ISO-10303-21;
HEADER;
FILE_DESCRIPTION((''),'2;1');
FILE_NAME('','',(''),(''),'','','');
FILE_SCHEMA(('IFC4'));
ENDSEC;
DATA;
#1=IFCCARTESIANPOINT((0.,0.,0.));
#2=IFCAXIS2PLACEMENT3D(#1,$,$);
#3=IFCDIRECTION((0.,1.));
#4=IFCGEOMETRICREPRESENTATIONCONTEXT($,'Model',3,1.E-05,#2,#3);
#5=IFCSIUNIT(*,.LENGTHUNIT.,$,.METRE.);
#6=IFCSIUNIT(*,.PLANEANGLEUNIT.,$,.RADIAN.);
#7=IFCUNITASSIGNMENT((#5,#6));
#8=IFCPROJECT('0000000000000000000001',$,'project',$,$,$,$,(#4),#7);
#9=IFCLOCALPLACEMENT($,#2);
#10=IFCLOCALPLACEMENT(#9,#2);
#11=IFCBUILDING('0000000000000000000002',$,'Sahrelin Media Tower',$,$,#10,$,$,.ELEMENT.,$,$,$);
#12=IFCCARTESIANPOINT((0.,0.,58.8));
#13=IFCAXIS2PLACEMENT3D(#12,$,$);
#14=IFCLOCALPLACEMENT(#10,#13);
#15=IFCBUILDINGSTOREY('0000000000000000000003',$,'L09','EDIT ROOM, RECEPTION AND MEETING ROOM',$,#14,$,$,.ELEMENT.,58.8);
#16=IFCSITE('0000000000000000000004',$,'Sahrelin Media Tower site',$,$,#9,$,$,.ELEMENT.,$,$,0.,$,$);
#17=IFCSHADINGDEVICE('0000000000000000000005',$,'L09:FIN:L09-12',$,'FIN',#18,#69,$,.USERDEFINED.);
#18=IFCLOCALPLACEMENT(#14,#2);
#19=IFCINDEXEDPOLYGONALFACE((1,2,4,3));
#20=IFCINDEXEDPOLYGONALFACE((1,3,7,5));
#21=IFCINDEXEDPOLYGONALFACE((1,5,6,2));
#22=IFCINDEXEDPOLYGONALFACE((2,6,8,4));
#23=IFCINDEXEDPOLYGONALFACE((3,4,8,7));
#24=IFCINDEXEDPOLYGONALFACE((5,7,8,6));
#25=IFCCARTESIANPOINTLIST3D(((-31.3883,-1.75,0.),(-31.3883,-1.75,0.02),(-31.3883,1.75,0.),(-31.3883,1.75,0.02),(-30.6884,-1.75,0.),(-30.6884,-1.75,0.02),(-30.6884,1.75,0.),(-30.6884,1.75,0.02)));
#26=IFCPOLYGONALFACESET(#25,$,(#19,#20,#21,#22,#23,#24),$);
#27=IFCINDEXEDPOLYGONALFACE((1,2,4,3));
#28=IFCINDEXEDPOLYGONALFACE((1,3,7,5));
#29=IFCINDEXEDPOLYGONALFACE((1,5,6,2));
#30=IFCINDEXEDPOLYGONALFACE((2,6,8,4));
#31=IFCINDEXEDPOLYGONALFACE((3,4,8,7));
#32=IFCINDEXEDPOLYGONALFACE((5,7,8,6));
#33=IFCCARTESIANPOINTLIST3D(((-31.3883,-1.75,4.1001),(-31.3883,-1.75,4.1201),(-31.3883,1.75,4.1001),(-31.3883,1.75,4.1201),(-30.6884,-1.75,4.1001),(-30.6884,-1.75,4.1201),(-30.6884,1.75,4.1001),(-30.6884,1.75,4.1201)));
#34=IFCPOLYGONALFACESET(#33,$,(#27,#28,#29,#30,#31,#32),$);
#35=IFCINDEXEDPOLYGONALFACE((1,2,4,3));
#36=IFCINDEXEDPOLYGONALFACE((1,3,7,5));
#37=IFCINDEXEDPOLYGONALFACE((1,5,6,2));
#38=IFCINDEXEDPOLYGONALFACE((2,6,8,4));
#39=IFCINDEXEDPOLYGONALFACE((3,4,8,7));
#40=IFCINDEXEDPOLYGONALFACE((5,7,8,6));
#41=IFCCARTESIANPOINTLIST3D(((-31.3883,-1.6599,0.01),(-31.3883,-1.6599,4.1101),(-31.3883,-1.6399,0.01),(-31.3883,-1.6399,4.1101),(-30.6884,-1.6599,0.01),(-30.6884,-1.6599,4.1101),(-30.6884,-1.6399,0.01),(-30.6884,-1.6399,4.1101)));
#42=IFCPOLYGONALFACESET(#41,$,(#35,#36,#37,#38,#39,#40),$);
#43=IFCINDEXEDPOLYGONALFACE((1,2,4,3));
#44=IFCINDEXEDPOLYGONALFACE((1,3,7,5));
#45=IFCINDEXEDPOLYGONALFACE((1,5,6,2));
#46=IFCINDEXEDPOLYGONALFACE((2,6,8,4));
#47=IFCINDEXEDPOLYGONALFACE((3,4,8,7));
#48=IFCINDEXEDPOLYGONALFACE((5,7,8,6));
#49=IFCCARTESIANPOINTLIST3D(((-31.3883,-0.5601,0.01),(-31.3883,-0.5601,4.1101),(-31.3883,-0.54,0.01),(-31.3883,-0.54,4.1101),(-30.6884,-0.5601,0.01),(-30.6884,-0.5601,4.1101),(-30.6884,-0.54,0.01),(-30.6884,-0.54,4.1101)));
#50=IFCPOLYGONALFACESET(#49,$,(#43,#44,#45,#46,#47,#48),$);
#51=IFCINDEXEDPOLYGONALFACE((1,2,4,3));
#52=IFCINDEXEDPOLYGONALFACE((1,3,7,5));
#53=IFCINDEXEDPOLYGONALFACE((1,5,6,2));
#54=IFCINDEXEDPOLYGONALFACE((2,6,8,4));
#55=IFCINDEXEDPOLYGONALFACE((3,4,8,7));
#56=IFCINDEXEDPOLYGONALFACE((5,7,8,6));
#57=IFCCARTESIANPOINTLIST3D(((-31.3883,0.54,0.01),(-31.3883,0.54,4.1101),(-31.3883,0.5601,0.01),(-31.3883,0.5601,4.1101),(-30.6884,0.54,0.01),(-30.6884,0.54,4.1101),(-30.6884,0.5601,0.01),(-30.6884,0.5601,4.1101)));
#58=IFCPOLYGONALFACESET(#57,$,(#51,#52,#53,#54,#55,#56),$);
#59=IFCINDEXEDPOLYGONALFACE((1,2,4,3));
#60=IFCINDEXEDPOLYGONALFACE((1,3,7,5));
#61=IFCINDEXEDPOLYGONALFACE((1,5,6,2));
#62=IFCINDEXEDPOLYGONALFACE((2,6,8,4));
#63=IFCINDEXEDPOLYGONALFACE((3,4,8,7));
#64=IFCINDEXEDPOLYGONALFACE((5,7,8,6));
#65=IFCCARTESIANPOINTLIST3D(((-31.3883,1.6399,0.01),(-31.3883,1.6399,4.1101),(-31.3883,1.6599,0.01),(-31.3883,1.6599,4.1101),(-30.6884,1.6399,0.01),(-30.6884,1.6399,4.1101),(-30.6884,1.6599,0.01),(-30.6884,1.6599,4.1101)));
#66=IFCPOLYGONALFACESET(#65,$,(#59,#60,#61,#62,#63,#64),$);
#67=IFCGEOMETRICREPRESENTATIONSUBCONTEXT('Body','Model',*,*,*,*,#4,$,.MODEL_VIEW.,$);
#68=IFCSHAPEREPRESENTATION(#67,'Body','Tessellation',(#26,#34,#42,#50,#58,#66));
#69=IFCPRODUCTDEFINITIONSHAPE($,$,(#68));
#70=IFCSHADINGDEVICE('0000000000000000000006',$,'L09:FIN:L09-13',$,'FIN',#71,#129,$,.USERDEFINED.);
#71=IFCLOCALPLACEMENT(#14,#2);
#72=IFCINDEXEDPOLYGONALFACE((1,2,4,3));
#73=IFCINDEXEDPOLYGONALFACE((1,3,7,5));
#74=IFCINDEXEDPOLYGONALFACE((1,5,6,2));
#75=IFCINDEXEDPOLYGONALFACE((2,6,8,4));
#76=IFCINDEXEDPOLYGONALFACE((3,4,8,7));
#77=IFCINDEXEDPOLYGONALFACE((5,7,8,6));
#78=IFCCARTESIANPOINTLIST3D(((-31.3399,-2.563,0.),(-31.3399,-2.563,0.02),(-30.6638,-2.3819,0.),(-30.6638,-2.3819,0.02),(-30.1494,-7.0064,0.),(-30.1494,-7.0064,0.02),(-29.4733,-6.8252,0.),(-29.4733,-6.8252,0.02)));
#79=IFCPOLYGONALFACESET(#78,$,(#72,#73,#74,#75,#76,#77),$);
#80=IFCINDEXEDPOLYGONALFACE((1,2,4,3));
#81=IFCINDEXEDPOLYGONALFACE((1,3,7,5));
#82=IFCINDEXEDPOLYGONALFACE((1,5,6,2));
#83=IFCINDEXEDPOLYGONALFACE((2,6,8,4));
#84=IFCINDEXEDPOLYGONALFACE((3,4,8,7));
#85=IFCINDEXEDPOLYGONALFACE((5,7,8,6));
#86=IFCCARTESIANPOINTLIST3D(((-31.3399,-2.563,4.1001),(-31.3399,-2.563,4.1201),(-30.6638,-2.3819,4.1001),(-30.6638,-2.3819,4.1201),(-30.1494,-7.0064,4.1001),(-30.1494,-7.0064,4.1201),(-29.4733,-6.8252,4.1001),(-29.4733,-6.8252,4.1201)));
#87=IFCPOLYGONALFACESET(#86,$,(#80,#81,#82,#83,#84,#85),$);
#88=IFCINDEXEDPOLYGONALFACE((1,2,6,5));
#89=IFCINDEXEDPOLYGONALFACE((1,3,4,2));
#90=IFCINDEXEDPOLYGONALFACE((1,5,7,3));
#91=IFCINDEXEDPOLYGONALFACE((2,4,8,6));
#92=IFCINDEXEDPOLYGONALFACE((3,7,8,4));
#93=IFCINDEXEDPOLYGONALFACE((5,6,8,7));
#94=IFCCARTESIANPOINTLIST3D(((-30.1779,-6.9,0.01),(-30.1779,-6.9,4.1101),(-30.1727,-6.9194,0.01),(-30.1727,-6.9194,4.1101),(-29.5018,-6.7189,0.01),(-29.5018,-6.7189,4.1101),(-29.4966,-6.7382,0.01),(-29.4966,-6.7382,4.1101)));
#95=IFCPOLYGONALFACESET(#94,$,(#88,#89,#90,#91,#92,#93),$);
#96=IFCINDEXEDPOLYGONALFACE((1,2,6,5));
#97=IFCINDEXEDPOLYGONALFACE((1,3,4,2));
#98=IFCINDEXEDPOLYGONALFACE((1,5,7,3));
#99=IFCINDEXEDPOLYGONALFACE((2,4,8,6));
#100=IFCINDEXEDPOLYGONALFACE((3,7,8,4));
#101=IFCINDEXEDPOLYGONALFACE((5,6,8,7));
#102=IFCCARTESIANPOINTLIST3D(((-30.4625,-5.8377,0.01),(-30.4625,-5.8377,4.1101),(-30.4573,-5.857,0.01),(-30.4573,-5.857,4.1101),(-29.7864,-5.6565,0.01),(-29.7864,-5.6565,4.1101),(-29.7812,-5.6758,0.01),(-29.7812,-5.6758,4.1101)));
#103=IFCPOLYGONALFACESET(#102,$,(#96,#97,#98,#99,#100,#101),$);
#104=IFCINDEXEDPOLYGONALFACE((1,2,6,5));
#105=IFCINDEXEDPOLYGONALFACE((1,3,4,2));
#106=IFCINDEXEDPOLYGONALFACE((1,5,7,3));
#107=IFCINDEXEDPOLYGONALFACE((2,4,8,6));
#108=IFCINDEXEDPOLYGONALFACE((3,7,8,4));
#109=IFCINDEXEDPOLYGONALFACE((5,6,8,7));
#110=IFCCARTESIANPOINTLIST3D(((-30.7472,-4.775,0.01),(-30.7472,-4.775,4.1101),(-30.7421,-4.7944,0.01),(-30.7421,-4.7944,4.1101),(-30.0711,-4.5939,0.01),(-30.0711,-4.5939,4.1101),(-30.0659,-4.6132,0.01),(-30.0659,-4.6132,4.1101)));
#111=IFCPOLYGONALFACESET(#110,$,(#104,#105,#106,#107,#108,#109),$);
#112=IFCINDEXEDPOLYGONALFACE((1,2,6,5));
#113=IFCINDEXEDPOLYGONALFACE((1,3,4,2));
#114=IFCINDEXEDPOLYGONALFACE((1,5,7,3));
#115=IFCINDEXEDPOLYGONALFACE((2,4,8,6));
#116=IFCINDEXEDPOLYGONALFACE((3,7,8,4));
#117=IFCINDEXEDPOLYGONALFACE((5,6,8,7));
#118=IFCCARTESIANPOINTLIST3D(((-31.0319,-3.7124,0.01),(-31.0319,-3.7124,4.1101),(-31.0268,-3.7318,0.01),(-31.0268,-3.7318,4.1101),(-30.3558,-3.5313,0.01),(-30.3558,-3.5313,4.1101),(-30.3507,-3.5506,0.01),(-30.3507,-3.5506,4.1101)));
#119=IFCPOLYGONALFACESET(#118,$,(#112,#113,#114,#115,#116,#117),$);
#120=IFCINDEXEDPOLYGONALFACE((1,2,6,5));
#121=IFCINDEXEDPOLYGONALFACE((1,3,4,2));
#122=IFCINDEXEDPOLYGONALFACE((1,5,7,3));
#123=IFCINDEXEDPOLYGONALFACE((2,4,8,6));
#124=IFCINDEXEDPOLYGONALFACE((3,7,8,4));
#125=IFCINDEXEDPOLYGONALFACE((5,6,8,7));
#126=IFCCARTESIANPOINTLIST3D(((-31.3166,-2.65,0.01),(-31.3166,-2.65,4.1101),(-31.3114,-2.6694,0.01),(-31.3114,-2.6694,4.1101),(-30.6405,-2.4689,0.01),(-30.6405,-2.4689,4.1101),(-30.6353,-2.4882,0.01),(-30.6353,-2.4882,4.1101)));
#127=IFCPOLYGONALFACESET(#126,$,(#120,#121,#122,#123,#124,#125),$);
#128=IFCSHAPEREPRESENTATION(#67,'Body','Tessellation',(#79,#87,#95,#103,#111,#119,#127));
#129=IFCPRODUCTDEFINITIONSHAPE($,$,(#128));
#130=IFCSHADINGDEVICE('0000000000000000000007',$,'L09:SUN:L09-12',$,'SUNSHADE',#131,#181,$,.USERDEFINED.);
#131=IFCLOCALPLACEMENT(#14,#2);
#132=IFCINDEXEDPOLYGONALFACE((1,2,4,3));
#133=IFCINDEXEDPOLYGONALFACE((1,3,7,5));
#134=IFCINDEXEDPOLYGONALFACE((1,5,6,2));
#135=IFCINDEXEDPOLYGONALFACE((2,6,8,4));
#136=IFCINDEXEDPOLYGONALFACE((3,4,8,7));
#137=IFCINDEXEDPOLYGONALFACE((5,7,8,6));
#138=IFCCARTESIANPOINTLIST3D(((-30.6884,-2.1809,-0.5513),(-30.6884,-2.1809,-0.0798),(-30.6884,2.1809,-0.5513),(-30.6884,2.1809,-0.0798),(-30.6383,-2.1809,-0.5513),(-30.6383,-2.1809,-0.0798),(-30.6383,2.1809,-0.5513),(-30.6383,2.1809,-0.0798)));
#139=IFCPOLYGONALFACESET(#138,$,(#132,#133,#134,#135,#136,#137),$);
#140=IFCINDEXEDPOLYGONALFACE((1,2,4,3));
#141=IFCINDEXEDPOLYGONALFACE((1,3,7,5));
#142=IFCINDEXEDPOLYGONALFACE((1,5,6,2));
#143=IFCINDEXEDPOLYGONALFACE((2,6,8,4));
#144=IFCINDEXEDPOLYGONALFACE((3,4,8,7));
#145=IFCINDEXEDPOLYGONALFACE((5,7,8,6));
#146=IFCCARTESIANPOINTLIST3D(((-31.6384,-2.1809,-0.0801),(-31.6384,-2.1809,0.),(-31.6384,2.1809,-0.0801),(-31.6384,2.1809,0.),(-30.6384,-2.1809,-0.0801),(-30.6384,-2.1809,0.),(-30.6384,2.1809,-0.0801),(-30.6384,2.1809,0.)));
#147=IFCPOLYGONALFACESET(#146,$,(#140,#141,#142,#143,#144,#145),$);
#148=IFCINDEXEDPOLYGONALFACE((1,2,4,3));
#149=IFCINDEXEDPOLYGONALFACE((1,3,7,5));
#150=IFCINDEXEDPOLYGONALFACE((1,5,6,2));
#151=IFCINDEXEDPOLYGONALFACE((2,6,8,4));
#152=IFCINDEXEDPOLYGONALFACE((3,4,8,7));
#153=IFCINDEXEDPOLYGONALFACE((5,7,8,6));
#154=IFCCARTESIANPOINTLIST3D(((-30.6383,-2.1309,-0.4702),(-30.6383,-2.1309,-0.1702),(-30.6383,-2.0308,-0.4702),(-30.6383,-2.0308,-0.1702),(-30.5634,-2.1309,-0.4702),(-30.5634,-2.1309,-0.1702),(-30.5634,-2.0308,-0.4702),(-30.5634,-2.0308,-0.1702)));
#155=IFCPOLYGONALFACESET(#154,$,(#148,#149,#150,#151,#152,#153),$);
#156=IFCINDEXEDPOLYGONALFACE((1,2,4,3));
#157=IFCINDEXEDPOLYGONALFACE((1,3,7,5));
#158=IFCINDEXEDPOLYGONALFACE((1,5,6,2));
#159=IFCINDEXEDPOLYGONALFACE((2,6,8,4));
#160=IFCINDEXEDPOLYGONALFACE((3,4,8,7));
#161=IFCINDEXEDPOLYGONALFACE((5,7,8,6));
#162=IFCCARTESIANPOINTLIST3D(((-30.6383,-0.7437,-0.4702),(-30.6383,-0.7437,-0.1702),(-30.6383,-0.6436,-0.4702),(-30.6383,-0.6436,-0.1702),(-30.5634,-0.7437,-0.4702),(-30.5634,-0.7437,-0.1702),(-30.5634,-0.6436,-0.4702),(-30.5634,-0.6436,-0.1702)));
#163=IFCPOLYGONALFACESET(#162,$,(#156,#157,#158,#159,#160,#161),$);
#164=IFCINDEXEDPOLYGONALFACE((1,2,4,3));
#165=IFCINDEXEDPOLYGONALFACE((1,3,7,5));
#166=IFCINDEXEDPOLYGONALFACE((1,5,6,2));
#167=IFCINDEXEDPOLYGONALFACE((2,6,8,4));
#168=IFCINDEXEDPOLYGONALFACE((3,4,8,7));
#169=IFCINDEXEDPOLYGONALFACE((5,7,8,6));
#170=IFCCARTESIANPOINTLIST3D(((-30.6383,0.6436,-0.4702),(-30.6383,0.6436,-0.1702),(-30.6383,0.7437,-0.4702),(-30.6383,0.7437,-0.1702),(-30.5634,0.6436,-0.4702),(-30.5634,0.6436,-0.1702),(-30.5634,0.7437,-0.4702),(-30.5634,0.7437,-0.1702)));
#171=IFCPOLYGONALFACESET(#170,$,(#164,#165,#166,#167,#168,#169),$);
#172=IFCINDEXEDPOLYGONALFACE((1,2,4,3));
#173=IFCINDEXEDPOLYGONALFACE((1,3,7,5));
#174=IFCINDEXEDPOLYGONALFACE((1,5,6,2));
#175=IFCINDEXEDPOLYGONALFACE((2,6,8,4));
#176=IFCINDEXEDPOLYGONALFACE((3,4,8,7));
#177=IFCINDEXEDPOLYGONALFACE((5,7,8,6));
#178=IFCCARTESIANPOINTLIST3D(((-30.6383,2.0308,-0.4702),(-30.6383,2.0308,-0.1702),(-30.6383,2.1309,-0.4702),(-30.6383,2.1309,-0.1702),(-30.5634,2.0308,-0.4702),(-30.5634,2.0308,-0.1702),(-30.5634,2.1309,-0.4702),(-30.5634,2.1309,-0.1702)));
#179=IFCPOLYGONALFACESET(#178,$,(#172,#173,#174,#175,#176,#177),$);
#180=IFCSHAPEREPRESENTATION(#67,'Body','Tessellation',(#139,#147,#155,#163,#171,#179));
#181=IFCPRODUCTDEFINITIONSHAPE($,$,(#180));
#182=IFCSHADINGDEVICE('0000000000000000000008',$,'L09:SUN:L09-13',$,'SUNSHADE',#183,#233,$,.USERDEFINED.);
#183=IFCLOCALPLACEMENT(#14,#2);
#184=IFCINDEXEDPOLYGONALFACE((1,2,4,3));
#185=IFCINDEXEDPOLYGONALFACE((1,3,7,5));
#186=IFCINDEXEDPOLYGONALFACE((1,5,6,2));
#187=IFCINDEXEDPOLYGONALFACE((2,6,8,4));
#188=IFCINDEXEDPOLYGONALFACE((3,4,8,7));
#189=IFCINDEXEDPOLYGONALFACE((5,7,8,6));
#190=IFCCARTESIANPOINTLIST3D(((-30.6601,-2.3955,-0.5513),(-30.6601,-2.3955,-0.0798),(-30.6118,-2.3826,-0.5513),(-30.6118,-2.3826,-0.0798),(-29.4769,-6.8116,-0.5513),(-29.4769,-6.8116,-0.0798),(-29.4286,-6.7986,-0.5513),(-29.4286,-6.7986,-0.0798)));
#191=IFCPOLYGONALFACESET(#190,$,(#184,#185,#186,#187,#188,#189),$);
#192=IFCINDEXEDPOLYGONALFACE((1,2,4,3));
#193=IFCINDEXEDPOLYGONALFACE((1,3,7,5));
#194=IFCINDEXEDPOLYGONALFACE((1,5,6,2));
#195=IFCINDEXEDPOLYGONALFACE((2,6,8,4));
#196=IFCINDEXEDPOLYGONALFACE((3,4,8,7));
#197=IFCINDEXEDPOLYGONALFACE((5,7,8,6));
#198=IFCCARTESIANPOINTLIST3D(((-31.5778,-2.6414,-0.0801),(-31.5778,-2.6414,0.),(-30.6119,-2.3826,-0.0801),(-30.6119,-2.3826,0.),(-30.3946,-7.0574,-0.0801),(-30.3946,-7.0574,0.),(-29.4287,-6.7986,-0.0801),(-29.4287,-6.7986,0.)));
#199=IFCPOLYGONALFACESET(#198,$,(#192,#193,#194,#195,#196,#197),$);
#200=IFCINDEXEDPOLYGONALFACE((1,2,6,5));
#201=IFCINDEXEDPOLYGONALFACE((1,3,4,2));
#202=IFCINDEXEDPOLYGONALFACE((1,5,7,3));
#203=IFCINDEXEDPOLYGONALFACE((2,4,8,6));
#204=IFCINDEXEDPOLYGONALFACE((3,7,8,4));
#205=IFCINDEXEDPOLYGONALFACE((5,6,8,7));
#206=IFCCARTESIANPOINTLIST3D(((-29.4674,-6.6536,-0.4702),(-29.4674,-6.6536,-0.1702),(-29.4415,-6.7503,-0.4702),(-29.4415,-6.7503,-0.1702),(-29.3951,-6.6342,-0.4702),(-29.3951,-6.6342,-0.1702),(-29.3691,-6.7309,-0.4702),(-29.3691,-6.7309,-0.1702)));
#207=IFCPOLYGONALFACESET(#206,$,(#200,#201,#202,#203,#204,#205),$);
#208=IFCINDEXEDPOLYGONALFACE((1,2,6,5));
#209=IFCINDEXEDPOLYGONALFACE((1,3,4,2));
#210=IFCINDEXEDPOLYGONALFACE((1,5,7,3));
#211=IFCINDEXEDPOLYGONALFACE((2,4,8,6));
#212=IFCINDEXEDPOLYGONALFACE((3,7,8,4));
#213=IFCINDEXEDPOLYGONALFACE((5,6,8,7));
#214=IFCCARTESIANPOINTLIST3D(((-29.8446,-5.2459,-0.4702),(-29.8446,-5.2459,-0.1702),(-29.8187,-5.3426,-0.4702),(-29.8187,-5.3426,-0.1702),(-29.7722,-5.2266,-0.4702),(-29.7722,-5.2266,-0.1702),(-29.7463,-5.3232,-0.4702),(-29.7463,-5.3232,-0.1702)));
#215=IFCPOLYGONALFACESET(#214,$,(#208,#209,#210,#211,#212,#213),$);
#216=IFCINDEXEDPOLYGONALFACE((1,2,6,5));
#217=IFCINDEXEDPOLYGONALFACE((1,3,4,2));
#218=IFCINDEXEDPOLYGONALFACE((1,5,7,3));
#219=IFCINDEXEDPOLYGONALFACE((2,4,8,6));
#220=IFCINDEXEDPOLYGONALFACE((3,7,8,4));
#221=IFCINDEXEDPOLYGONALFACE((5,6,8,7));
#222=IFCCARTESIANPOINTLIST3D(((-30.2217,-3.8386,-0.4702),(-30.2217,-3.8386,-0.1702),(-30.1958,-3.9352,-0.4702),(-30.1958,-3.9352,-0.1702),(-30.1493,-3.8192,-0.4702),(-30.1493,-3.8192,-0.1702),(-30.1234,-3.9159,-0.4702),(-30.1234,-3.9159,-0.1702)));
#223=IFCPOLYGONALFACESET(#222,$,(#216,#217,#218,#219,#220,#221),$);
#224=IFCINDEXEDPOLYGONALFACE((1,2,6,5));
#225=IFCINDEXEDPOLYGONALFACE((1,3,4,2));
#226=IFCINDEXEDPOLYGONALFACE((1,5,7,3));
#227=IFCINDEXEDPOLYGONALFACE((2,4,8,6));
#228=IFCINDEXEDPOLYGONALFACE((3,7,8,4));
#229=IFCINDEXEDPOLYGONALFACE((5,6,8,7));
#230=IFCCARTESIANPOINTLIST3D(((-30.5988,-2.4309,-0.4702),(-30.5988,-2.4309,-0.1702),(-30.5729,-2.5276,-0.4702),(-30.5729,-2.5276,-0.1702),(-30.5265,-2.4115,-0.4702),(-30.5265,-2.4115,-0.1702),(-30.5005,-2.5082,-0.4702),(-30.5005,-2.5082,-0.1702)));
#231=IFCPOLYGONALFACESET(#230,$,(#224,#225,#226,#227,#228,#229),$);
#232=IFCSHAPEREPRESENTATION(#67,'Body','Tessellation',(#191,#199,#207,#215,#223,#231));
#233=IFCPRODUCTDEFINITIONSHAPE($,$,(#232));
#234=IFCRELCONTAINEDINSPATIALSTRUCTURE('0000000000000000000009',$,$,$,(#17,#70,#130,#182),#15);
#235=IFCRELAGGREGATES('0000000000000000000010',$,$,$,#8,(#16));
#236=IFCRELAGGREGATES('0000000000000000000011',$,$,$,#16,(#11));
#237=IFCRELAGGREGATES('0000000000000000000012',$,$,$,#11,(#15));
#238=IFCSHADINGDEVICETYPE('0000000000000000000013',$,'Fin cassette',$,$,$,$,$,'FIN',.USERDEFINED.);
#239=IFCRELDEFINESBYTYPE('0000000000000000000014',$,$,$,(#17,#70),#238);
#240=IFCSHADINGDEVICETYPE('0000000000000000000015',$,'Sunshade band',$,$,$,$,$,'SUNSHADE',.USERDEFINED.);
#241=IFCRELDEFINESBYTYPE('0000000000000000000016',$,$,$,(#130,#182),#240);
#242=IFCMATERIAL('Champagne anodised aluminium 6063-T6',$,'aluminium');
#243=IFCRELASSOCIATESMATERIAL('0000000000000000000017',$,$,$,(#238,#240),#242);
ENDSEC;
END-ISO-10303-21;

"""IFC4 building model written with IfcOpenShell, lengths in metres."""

from ifc_helpers import new_model, si_unit, direction, frame, origin, origin_2d, place, context, subcontext, project, spatial, rectangle, extrude, material, type_object, element, save


model = new_model("IFC4")

# Units and contexts
model_context = context("Model", 3, precision=1e-05, world=origin(), true_north=direction((0.0, 1.0)))
body_context = subcontext(model_context, "Body", "Model", "MODEL_VIEW")
ifc_project = project(units=[si_unit("LENGTHUNIT", "METRE"), si_unit("PLANEANGLEUNIT", "RADIAN")], contexts=[model_context])

# Site, building, storey
site_placement = place(None, origin())
site = spatial("IfcSite", under=ifc_project, at=site_placement, Name="Sahrelin Media Tower site", CompositionType="ELEMENT", RefElevation=0.0)
building_placement = place(site_placement, origin())
building = spatial("IfcBuilding", under=site, at=building_placement, Name="Sahrelin Media Tower", CompositionType="ELEMENT")
storey_placement = place(building_placement, frame((0.0, 0.0, 58.8)))
storey = spatial("IfcBuildingStorey", under=building, at=storey_placement, Name="L09", Description="EDIT ROOM, RECEPTION AND MEETING ROOM", CompositionType="ELEMENT", Elevation=58.8)

# Shared definitions
ifc_material_1 = material(Name="Champagne anodised aluminium 6063-T6", Category="aluminium")

# Shading devices
shading_device_type_1 = type_object("IfcShadingDeviceType", Name="Fin cassette", ElementType="FIN", PredefinedType="USERDEFINED", material=ifc_material_1)
placement_1 = place(storey_placement, frame((-30.6184, 0.0, 0.0), z_axis=(0.0, 0.0, 1.0), x_axis=(0.0, 1.0, 0.0)))
element("IfcShadingDevice", 1, at=placement_1, inside=storey, type_object=shading_device_type_1, Name="L09:FIN:L09-12", ObjectType="FIN", PredefinedType="USERDEFINED", context=body_context, shape_type="SweptSolid", body=[
    extrude(rectangle(XDim=3.5, YDim=0.7, at=origin_2d()), frame((0.0, 0.4199, 0.0)), (0.0, 0.0, 1.0), 0.02),
    extrude(rectangle(XDim=3.5, YDim=0.7, at=origin_2d()), frame((0.0, 0.4199, 4.1001)), (0.0, 0.0, 1.0), 0.02),
    extrude(rectangle(XDim=0.02, YDim=0.7, at=origin_2d()), frame((-1.6499, 0.4199, 0.01), z_axis=(0.0, 0.0, 1.0), x_axis=(1.0, 0.0, 0.0)), (0.0, 0.0, 1.0), 4.1001),
    extrude(rectangle(XDim=0.02, YDim=0.7, at=origin_2d()), frame((-0.55, 0.4199, 0.01), z_axis=(0.0, 0.0, 1.0), x_axis=(1.0, 0.0, 0.0)), (0.0, 0.0, 1.0), 4.1001),
    extrude(rectangle(XDim=0.02, YDim=0.7, at=origin_2d()), frame((0.55, 0.4199, 0.01), z_axis=(0.0, 0.0, 1.0), x_axis=(1.0, 0.0, 0.0)), (0.0, 0.0, 1.0), 4.1001),
    extrude(rectangle(XDim=0.02, YDim=0.7, at=origin_2d()), frame((1.6499, 0.4199, 0.01), z_axis=(0.0, 0.0, 1.0), x_axis=(1.0, 0.0, 0.0)), (0.0, 0.0, 1.0), 4.1001),
])
placement_2 = place(storey_placement, frame((-30.001, -4.5854, 0.0), z_axis=(0.0, 0.0, 1.0), x_axis=(-0.258808, 0.965929, 0.0)))
element("IfcShadingDevice", 2, at=placement_2, inside=storey, type_object=shading_device_type_1, Name="L09:FIN:L09-13", ObjectType="FIN", PredefinedType="USERDEFINED", context=body_context, shape_type="SweptSolid", body=[
    extrude(rectangle(XDim=4.6001, YDim=0.7, at=origin_2d()), frame((0.0, 0.4199, 0.0)), (0.0, 0.0, 1.0), 0.02),
    extrude(rectangle(XDim=4.6001, YDim=0.7, at=origin_2d()), frame((0.0, 0.4199, 4.1001)), (0.0, 0.0, 1.0), 0.02),
    extrude(rectangle(XDim=0.02, YDim=0.7, at=origin_2d()), frame((-2.2, 0.4199, 0.01), z_axis=(0.0, 0.0, 1.0), x_axis=(1.0, 0.0, 0.0)), (0.0, 0.0, 1.0), 4.1001),
    extrude(rectangle(XDim=0.02, YDim=0.7, at=origin_2d()), frame((-1.1001, 0.4199, 0.01), z_axis=(0.0, 0.0, 1.0), x_axis=(1.0, 0.0, 0.0)), (0.0, 0.0, 1.0), 4.1001),
    extrude(rectangle(XDim=0.02, YDim=0.7, at=origin_2d()), frame((0.0, 0.4199, 0.01), z_axis=(0.0, 0.0, 1.0), x_axis=(1.0, 0.0, 0.0)), (0.0, 0.0, 1.0), 4.1001),
    extrude(rectangle(XDim=0.02, YDim=0.7, at=origin_2d()), frame((1.1001, 0.4199, 0.01), z_axis=(0.0, 0.0, 1.0), x_axis=(1.0, 0.0, 0.0)), (0.0, 0.0, 1.0), 4.1001),
    extrude(rectangle(XDim=0.02, YDim=0.7, at=origin_2d()), frame((2.2, 0.4199, 0.01), z_axis=(0.0, 0.0, 1.0), x_axis=(1.0, 0.0, 0.0)), (0.0, 0.0, 1.0), 4.1001),
])
shading_device_type_2 = type_object("IfcShadingDeviceType", Name="Sunshade band", ElementType="SUNSHADE", PredefinedType="USERDEFINED", material=ifc_material_1)
element("IfcShadingDevice", 3, at=placement_1, inside=storey, type_object=shading_device_type_2, Name="L09:SUN:L09-12", ObjectType="SUNSHADE", PredefinedType="USERDEFINED", context=body_context, shape_type="SweptSolid", body=[
    extrude(rectangle(XDim=4.3618, YDim=0.05, at=origin_2d()), frame((0.0, 0.0449, -0.5513)), (0.0, 0.0, 1.0), 0.4714),
    extrude(rectangle(XDim=4.3618, YDim=1.0, at=origin_2d()), frame((0.0, 0.52, -0.0801)), (0.0, 0.0, 1.0), 0.0801),
    extrude(rectangle(XDim=0.1001, YDim=0.075, at=origin_2d()), frame((-2.0808, -0.0176, -0.4702)), (0.0, 0.0, 1.0), 0.3),
    extrude(rectangle(XDim=0.1001, YDim=0.075, at=origin_2d()), frame((-0.6936, -0.0176, -0.4702)), (0.0, 0.0, 1.0), 0.3),
    extrude(rectangle(XDim=0.1001, YDim=0.075, at=origin_2d()), frame((0.6936, -0.0176, -0.4702)), (0.0, 0.0, 1.0), 0.3),
    extrude(rectangle(XDim=0.1001, YDim=0.075, at=origin_2d()), frame((2.0808, -0.0176, -0.4702)), (0.0, 0.0, 1.0), 0.3),
])
element("IfcShadingDevice", 4, at=placement_2, inside=storey, type_object=shading_device_type_2, Name="L09:SUN:L09-13", ObjectType="SUNSHADE", PredefinedType="USERDEFINED", context=body_context, shape_type="SweptSolid", body=[
    extrude(rectangle(XDim=4.5718, YDim=0.05, at=origin_2d()), frame((0.0, 0.0449, -0.5513)), (0.0, 0.0, 1.0), 0.4714),
    extrude(rectangle(XDim=4.5718, YDim=1.0, at=origin_2d()), frame((0.0, 0.52, -0.0801)), (0.0, 0.0, 1.0), 0.0801),
    extrude(rectangle(XDim=0.1001, YDim=0.075, at=origin_2d()), frame((-2.1858, -0.0176, -0.4702)), (0.0, 0.0, 1.0), 0.3),
    extrude(rectangle(XDim=0.1001, YDim=0.075, at=origin_2d()), frame((-0.7285, -0.0176, -0.4702)), (0.0, 0.0, 1.0), 0.3),
    extrude(rectangle(XDim=0.1001, YDim=0.075, at=origin_2d()), frame((0.7285, -0.0176, -0.4702)), (0.0, 0.0, 1.0), 0.3),
    extrude(rectangle(XDim=0.1001, YDim=0.075, at=origin_2d()), frame((2.1858, -0.0176, -0.4702)), (0.0, 0.0, 1.0), 0.3),
])

save(model, "model.ifc")
